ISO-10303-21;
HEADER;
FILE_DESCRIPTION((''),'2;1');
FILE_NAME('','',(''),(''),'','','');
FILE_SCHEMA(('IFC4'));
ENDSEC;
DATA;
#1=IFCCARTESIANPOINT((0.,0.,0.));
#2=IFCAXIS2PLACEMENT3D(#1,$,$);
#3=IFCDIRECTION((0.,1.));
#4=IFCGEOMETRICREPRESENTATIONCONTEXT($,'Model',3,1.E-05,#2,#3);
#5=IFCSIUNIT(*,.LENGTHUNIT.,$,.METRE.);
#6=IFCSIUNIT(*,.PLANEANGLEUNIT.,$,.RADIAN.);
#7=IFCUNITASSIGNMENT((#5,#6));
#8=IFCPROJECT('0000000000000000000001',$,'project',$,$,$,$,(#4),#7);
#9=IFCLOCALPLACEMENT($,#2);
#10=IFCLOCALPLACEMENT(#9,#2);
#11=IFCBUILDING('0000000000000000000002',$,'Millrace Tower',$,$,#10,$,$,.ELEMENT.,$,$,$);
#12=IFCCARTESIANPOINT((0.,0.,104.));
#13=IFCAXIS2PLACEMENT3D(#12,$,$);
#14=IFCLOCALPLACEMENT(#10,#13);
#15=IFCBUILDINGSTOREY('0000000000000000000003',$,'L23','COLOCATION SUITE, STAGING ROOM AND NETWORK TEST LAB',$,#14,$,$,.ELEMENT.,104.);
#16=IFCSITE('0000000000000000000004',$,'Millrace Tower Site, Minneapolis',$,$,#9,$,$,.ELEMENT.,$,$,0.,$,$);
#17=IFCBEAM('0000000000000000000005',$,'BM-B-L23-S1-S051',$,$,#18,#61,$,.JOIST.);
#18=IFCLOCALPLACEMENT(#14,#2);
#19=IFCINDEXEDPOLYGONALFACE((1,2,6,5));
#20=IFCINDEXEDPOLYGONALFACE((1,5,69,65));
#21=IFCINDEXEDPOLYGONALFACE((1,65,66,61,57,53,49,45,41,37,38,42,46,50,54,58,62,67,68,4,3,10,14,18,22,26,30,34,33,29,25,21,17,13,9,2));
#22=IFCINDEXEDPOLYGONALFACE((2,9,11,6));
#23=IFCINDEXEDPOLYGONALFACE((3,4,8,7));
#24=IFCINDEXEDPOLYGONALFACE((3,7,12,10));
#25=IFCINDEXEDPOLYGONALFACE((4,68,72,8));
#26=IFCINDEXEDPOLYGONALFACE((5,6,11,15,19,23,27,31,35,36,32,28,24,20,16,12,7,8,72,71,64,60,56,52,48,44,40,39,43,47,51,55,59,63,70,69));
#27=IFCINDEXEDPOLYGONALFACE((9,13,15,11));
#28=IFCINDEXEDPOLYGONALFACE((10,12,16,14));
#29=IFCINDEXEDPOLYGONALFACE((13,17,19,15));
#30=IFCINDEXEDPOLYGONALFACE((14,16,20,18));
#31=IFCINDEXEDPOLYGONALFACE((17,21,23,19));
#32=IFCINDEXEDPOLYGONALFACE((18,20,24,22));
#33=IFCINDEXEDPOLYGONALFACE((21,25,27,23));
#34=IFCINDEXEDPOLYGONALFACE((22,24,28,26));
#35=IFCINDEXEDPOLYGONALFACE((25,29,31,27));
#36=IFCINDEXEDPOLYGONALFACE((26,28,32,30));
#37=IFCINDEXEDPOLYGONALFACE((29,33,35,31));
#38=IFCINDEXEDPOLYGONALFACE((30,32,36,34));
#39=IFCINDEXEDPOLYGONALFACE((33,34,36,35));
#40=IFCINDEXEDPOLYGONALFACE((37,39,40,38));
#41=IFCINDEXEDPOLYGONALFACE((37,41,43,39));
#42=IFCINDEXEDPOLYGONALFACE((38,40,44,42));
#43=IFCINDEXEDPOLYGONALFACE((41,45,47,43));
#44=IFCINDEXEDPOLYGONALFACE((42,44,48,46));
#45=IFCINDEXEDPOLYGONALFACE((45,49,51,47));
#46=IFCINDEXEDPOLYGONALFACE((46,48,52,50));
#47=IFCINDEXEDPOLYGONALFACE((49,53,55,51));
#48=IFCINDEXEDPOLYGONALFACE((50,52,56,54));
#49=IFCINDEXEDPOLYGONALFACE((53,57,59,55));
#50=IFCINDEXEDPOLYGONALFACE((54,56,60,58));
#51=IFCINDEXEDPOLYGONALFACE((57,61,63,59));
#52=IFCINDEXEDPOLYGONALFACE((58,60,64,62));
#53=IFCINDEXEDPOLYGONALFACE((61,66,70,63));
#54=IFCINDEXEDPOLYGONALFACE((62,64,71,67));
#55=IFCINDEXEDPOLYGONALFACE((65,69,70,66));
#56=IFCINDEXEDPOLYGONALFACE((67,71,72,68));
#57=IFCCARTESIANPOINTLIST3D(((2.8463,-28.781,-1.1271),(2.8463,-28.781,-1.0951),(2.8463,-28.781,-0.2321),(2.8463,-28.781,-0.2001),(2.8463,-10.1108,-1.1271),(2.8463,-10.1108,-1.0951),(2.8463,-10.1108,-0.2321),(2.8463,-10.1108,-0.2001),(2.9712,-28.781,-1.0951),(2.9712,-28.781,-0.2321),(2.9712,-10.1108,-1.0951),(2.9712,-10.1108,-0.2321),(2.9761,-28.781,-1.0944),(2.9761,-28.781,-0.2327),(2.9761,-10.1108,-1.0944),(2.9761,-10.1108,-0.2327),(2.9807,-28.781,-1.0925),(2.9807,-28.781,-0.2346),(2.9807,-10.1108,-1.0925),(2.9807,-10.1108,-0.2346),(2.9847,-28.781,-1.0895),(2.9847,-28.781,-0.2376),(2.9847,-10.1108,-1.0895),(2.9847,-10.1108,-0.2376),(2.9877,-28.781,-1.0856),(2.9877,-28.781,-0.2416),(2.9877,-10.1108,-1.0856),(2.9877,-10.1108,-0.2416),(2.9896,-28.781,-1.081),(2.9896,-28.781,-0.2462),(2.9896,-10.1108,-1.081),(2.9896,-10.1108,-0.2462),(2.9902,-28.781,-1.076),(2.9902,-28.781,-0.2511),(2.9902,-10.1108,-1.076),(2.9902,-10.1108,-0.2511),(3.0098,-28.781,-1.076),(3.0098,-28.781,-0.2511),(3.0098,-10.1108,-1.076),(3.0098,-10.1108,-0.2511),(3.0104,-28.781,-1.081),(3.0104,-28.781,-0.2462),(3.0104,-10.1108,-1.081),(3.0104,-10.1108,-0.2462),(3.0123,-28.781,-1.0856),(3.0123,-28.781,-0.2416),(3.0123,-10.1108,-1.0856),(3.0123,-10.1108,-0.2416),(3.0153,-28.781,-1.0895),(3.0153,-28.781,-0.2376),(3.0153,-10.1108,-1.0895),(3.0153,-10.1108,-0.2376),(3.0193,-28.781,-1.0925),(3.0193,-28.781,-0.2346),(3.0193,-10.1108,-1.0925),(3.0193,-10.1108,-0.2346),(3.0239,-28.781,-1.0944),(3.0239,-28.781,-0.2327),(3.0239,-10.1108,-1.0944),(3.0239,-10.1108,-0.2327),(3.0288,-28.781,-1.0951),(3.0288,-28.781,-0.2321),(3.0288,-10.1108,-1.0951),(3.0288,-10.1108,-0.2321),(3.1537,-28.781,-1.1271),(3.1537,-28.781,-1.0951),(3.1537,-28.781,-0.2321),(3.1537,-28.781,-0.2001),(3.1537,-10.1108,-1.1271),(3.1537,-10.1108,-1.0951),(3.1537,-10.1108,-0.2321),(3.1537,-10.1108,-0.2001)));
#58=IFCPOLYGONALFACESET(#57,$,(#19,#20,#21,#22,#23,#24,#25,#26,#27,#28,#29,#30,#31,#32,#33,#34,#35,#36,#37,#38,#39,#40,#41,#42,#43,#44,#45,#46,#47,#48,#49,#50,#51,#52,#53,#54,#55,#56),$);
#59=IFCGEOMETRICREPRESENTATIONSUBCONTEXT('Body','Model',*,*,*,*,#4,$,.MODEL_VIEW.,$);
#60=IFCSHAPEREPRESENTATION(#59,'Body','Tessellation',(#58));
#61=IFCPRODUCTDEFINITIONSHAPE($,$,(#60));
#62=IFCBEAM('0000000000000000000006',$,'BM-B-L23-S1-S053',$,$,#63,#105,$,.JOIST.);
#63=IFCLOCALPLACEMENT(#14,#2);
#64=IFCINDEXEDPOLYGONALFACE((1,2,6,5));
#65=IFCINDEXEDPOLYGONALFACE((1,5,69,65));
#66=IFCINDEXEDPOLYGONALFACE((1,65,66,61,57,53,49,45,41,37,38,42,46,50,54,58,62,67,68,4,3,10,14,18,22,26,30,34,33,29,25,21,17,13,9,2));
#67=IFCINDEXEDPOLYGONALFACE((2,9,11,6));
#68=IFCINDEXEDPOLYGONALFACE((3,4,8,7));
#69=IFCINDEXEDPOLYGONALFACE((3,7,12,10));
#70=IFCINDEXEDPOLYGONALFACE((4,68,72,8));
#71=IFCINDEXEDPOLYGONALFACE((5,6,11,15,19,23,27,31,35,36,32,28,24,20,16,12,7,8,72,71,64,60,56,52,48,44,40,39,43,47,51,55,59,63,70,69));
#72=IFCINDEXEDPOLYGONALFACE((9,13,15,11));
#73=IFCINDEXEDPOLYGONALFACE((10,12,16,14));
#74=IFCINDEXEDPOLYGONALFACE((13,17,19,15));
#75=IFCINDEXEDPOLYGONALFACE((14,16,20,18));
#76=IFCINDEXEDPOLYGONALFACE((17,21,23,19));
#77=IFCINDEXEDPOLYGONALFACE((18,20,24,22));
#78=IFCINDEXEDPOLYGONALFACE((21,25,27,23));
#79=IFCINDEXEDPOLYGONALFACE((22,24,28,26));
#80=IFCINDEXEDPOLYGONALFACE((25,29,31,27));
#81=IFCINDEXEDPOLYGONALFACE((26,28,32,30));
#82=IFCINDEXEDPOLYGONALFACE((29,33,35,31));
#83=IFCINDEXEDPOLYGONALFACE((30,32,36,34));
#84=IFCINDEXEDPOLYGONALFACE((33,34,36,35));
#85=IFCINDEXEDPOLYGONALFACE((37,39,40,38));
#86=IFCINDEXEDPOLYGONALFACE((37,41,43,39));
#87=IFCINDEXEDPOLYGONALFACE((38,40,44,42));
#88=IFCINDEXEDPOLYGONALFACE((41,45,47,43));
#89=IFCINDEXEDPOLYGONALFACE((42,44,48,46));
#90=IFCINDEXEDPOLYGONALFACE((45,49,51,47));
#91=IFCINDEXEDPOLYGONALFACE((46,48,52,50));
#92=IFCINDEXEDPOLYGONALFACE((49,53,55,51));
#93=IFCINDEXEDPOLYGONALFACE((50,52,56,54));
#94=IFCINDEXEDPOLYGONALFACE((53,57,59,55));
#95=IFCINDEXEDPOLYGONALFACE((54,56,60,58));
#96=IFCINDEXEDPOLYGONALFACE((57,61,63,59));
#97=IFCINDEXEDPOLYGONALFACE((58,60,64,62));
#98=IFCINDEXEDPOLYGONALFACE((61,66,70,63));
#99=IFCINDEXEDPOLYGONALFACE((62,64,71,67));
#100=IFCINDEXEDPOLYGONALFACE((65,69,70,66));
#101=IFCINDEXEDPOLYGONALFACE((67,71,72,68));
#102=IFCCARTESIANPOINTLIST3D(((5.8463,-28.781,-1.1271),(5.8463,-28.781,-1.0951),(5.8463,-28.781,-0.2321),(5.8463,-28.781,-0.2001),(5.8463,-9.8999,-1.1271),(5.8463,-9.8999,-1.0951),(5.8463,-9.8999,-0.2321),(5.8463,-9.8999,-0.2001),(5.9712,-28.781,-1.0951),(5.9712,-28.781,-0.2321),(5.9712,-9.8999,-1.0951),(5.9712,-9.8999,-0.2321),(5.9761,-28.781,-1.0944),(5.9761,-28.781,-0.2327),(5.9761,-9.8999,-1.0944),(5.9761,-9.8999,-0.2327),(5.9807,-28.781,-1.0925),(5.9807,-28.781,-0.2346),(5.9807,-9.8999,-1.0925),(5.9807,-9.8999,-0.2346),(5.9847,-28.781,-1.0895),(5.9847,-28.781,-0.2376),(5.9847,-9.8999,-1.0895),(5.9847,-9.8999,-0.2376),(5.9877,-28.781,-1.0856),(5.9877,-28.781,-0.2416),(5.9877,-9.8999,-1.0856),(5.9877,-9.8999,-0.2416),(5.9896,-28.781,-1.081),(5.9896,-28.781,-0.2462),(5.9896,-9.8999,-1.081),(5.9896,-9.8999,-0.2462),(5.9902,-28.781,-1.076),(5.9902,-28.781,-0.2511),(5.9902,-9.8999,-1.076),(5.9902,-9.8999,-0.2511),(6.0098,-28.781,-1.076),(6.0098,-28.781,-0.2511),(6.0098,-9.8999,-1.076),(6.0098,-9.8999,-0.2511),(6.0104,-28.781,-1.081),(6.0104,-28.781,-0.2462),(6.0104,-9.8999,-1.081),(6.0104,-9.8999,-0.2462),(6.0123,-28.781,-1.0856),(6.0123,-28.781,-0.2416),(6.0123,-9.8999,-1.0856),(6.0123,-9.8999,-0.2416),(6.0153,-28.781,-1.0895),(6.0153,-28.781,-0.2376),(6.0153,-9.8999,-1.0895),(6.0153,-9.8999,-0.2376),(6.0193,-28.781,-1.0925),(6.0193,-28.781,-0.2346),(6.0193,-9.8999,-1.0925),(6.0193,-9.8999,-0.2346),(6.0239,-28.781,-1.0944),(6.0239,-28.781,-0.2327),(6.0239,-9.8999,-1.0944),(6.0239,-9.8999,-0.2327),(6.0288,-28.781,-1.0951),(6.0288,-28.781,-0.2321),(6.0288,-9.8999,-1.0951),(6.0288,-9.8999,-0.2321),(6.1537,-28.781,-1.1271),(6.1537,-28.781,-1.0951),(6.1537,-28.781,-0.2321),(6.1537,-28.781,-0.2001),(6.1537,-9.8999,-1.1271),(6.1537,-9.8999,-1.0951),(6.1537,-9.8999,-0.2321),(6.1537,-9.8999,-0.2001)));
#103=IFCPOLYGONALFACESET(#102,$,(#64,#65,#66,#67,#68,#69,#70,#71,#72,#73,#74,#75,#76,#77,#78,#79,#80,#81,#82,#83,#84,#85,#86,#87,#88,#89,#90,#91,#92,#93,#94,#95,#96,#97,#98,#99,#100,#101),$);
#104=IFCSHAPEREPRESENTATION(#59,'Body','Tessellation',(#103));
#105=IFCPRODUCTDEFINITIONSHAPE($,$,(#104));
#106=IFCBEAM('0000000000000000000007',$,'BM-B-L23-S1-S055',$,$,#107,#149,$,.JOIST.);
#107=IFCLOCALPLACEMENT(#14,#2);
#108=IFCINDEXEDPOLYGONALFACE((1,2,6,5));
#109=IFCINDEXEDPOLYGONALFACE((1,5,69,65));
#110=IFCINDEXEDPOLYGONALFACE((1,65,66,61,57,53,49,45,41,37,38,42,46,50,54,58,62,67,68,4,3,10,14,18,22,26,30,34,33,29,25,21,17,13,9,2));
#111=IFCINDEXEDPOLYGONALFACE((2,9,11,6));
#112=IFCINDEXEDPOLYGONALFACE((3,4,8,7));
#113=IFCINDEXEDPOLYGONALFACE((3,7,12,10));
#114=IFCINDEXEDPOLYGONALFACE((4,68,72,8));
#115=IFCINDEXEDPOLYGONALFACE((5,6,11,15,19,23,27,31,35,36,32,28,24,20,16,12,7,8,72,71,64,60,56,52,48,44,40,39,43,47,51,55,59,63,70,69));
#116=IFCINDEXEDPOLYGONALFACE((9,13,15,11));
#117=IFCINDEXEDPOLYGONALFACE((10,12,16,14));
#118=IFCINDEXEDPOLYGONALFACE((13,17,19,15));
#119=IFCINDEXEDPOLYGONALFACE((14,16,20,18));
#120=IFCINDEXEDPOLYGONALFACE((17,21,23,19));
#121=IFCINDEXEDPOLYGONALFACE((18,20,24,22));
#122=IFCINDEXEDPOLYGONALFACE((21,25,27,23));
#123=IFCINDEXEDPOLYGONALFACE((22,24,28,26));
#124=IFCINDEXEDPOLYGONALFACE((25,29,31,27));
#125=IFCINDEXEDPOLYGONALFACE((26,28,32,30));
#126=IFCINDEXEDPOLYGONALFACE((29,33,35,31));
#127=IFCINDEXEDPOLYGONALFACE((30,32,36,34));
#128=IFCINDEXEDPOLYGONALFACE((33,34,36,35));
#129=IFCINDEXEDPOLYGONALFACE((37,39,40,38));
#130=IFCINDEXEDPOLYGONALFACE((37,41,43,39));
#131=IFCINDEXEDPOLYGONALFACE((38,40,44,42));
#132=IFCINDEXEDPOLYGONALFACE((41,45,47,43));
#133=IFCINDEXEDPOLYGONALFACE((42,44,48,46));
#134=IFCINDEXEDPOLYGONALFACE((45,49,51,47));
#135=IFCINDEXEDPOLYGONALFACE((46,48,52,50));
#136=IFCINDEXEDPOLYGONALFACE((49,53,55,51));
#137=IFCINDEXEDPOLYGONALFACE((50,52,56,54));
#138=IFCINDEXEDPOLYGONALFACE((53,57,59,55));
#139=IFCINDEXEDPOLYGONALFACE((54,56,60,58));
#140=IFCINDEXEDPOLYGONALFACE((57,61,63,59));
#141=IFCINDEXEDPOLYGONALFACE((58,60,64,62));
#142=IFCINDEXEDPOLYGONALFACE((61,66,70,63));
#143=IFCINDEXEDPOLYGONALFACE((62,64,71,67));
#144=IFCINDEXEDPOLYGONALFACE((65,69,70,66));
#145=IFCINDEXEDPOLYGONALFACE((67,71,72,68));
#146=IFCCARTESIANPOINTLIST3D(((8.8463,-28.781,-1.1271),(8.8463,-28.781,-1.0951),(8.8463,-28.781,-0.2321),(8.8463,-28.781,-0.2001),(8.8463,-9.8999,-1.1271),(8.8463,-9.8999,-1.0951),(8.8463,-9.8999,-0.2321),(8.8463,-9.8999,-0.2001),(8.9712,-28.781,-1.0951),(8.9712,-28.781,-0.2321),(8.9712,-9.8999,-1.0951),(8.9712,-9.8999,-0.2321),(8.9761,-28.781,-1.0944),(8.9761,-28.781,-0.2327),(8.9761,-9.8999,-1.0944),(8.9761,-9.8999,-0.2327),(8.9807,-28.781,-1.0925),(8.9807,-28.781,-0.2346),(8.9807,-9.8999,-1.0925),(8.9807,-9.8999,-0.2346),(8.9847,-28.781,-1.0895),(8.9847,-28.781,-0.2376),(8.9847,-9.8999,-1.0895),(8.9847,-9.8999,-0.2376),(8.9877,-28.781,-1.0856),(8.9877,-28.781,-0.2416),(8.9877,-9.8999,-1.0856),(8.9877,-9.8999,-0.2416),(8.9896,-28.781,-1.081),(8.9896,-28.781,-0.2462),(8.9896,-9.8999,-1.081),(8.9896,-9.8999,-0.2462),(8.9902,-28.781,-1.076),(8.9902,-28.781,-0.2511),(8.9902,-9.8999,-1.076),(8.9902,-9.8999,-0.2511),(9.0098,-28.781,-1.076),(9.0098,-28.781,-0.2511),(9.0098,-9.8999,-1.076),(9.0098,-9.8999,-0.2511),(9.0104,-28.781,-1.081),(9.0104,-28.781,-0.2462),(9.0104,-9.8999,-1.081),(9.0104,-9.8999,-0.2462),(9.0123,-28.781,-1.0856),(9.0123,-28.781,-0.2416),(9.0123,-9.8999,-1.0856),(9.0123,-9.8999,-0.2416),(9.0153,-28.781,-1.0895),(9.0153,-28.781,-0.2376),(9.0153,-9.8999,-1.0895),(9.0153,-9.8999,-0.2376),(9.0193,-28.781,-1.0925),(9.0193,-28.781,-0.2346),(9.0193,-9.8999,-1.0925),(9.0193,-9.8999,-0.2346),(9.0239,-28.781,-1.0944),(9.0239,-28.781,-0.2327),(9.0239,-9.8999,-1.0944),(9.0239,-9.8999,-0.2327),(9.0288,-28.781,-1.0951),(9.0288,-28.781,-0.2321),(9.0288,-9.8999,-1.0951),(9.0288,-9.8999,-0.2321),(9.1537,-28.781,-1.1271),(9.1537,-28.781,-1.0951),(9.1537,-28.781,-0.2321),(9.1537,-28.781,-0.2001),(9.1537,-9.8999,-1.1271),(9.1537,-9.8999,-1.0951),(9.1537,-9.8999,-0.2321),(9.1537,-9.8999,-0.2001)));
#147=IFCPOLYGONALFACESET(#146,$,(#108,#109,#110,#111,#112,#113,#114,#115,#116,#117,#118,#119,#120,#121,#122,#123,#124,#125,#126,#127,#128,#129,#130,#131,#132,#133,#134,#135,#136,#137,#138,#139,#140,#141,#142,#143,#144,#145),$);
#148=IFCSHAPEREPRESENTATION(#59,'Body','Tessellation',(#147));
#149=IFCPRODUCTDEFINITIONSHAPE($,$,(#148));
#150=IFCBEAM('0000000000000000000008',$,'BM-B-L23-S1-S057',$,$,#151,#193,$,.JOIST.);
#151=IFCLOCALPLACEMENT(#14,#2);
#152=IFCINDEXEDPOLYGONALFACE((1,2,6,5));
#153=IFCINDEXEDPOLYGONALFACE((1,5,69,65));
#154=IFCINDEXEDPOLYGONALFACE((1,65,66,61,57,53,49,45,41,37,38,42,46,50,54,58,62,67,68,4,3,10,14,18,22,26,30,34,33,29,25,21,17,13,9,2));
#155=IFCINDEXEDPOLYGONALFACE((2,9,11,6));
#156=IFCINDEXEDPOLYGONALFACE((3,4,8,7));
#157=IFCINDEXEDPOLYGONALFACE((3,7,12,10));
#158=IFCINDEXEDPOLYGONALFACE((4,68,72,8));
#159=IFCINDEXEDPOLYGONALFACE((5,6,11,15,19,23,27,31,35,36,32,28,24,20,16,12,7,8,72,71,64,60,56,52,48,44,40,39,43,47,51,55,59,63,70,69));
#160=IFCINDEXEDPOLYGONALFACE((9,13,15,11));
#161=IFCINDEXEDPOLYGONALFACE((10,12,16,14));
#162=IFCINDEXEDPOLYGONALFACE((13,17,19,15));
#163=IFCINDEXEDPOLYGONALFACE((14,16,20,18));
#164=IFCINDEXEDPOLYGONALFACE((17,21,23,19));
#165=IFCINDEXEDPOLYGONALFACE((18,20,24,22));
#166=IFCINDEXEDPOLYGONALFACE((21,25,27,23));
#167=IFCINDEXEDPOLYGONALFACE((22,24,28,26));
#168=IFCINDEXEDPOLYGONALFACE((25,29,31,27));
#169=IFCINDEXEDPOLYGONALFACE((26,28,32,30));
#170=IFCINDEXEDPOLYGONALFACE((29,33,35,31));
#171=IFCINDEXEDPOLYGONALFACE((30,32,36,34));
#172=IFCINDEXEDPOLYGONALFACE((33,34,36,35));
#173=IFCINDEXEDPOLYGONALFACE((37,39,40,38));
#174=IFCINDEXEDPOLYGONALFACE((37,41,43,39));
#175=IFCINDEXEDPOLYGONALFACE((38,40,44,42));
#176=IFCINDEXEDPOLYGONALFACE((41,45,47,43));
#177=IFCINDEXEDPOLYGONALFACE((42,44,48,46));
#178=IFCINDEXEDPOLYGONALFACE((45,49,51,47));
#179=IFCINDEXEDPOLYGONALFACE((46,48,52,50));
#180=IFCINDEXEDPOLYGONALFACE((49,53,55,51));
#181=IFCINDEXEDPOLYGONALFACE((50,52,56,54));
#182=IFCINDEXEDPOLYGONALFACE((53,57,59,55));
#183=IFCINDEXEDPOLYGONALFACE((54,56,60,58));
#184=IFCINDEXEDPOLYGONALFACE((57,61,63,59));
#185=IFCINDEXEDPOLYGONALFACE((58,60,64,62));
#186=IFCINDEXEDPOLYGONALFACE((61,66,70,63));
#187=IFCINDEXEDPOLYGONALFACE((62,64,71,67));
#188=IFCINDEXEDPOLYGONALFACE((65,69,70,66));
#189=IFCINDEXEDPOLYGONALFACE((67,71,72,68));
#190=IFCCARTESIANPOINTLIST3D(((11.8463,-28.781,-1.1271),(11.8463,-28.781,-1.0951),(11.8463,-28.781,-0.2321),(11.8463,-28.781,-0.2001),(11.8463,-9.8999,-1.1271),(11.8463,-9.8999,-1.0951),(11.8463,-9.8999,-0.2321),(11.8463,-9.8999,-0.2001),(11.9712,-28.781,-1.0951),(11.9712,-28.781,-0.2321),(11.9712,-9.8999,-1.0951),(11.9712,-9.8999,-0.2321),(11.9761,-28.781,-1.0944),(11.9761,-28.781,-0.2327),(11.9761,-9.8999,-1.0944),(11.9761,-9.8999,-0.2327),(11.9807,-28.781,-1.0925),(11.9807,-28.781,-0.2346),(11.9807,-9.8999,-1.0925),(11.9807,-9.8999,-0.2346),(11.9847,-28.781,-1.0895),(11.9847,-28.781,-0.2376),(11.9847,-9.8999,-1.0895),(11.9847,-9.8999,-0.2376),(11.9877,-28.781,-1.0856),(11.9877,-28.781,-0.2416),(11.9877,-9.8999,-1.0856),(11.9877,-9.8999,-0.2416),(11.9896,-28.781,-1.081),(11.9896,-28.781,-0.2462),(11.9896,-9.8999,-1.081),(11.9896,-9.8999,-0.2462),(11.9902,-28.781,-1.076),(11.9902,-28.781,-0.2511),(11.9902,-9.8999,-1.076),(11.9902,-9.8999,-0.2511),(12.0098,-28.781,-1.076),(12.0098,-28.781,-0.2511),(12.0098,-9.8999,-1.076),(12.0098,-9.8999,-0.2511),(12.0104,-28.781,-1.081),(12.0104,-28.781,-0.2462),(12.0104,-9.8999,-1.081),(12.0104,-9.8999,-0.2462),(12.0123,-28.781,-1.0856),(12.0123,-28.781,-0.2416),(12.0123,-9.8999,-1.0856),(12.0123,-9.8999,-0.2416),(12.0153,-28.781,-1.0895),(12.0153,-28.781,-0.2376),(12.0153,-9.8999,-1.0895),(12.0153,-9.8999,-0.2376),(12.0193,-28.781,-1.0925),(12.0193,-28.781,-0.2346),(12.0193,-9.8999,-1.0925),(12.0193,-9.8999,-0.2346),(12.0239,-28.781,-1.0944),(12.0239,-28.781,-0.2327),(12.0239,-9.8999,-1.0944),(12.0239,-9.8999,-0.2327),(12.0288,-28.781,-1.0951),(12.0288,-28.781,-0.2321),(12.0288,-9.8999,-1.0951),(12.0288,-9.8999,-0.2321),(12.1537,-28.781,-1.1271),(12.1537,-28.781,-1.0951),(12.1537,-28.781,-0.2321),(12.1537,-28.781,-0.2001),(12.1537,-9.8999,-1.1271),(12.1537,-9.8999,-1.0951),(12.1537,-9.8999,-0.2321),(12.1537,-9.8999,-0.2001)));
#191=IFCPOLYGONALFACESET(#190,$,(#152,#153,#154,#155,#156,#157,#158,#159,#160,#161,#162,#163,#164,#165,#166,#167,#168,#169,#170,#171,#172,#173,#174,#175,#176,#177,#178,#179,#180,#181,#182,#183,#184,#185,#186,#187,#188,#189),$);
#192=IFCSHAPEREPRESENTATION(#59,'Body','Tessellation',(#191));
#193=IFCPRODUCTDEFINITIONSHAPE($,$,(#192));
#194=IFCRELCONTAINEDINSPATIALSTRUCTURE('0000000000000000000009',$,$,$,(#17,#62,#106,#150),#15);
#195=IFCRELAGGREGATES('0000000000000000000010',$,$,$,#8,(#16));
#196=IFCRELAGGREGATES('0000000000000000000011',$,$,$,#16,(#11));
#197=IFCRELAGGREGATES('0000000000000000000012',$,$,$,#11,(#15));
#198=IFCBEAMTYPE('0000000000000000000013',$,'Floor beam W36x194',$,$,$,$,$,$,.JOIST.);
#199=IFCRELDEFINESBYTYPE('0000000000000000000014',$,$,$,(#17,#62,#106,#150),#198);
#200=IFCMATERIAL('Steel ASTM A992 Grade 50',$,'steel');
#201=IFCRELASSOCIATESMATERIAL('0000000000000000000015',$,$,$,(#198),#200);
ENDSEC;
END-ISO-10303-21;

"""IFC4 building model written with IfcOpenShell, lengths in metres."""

from ifc_helpers import new_model, si_unit, direction, frame, origin, origin_2d, place, context, subcontext, project, spatial, i_section, extrude, material, material_profile, profile_set, type_object, element, save


model = new_model("IFC4")

# Units and contexts
model_context = context("Model", 3, precision=1e-05, world=origin(), true_north=direction((0.0, 1.0)))
body_context = subcontext(model_context, "Body", "Model", "MODEL_VIEW")
ifc_project = project(units=[si_unit("LENGTHUNIT", "METRE"), si_unit("PLANEANGLEUNIT", "RADIAN")], contexts=[model_context])

# Site, building, storey
site_placement = place(None, origin())
site = spatial("IfcSite", under=ifc_project, at=site_placement, Name="Millrace Tower Site, Minneapolis", CompositionType="ELEMENT", RefElevation=0.0)
building_placement = place(site_placement, origin())
building = spatial("IfcBuilding", under=site, at=building_placement, Name="Millrace Tower", CompositionType="ELEMENT")
storey_placement = place(building_placement, frame((0.0, 0.0, 104.0)))
storey = spatial("IfcBuildingStorey", under=building, at=storey_placement, Name="L23", Description="COLOCATION SUITE, STAGING ROOM AND NETWORK TEST LAB", CompositionType="ELEMENT", Elevation=104.0)

# Beams
ifc_material_1 = material(Name="Steel ASTM A992 Grade 50", Category="steel")
ifc_material_profile_1 = material_profile(ifc_material_1, i_section(OverallWidth=0.3074, OverallDepth=0.927, WebThickness=0.0195, FlangeThickness=0.032, FilletRadius=0.019, at=origin_2d()))
ifc_profile_set_1 = profile_set([ifc_material_profile_1], Name="Steel ASTM A992 Grade 50")
beam_type_1 = type_object("IfcBeamType", Name="Floor beam W36x194", PredefinedType="JOIST", material=ifc_profile_set_1)
beam_1_placement = place(storey_placement, frame((3.0, -28.781, -0.6636), z_axis=(0.0, 1.0, 0.0), x_axis=(-1.0, 0.0, 0.0)))
element("IfcBeam", 1, at=beam_1_placement, inside=storey, type_object=beam_type_1, Name="BM-B-L23-S1-S051", PredefinedType="JOIST", context=body_context, shape_type="SweptSolid", body=[
    extrude(i_section(OverallWidth=0.3074, OverallDepth=0.927, WebThickness=0.0195, FlangeThickness=0.032, FilletRadius=0.019, at=origin_2d()), origin(), (0.0, 0.0, 1.0), 18.6702),
])
for number, where, z_axis, x_axis, name in (
    (2, (6.0, -28.781, -0.6636), (0.0, 1.0, 0.0), (-1.0, 0.0, 0.0), "BM-B-L23-S1-S053"),
    (3, (9.0, -28.781, -0.6636), (0.0, 1.0, 0.0), (-1.0, 0.0, 0.0), "BM-B-L23-S1-S055"),
    (4, (12.0, -28.781, -0.6636), (0.0, 1.0, 0.0), (-1.0, 0.0, 0.0), "BM-B-L23-S1-S057"),
):
    element("IfcBeam", number, at=place(storey_placement, frame(where, z_axis=z_axis, x_axis=x_axis)), inside=storey, type_object=beam_type_1, Name=name, PredefinedType="JOIST", context=body_context, shape_type="SweptSolid", body=[
        extrude(i_section(OverallWidth=0.3074, OverallDepth=0.927, WebThickness=0.0195, FlangeThickness=0.032, FilletRadius=0.019, at=origin_2d()), origin(), (0.0, 0.0, 1.0), 18.8811),
    ])

save(model, "model.ifc")
